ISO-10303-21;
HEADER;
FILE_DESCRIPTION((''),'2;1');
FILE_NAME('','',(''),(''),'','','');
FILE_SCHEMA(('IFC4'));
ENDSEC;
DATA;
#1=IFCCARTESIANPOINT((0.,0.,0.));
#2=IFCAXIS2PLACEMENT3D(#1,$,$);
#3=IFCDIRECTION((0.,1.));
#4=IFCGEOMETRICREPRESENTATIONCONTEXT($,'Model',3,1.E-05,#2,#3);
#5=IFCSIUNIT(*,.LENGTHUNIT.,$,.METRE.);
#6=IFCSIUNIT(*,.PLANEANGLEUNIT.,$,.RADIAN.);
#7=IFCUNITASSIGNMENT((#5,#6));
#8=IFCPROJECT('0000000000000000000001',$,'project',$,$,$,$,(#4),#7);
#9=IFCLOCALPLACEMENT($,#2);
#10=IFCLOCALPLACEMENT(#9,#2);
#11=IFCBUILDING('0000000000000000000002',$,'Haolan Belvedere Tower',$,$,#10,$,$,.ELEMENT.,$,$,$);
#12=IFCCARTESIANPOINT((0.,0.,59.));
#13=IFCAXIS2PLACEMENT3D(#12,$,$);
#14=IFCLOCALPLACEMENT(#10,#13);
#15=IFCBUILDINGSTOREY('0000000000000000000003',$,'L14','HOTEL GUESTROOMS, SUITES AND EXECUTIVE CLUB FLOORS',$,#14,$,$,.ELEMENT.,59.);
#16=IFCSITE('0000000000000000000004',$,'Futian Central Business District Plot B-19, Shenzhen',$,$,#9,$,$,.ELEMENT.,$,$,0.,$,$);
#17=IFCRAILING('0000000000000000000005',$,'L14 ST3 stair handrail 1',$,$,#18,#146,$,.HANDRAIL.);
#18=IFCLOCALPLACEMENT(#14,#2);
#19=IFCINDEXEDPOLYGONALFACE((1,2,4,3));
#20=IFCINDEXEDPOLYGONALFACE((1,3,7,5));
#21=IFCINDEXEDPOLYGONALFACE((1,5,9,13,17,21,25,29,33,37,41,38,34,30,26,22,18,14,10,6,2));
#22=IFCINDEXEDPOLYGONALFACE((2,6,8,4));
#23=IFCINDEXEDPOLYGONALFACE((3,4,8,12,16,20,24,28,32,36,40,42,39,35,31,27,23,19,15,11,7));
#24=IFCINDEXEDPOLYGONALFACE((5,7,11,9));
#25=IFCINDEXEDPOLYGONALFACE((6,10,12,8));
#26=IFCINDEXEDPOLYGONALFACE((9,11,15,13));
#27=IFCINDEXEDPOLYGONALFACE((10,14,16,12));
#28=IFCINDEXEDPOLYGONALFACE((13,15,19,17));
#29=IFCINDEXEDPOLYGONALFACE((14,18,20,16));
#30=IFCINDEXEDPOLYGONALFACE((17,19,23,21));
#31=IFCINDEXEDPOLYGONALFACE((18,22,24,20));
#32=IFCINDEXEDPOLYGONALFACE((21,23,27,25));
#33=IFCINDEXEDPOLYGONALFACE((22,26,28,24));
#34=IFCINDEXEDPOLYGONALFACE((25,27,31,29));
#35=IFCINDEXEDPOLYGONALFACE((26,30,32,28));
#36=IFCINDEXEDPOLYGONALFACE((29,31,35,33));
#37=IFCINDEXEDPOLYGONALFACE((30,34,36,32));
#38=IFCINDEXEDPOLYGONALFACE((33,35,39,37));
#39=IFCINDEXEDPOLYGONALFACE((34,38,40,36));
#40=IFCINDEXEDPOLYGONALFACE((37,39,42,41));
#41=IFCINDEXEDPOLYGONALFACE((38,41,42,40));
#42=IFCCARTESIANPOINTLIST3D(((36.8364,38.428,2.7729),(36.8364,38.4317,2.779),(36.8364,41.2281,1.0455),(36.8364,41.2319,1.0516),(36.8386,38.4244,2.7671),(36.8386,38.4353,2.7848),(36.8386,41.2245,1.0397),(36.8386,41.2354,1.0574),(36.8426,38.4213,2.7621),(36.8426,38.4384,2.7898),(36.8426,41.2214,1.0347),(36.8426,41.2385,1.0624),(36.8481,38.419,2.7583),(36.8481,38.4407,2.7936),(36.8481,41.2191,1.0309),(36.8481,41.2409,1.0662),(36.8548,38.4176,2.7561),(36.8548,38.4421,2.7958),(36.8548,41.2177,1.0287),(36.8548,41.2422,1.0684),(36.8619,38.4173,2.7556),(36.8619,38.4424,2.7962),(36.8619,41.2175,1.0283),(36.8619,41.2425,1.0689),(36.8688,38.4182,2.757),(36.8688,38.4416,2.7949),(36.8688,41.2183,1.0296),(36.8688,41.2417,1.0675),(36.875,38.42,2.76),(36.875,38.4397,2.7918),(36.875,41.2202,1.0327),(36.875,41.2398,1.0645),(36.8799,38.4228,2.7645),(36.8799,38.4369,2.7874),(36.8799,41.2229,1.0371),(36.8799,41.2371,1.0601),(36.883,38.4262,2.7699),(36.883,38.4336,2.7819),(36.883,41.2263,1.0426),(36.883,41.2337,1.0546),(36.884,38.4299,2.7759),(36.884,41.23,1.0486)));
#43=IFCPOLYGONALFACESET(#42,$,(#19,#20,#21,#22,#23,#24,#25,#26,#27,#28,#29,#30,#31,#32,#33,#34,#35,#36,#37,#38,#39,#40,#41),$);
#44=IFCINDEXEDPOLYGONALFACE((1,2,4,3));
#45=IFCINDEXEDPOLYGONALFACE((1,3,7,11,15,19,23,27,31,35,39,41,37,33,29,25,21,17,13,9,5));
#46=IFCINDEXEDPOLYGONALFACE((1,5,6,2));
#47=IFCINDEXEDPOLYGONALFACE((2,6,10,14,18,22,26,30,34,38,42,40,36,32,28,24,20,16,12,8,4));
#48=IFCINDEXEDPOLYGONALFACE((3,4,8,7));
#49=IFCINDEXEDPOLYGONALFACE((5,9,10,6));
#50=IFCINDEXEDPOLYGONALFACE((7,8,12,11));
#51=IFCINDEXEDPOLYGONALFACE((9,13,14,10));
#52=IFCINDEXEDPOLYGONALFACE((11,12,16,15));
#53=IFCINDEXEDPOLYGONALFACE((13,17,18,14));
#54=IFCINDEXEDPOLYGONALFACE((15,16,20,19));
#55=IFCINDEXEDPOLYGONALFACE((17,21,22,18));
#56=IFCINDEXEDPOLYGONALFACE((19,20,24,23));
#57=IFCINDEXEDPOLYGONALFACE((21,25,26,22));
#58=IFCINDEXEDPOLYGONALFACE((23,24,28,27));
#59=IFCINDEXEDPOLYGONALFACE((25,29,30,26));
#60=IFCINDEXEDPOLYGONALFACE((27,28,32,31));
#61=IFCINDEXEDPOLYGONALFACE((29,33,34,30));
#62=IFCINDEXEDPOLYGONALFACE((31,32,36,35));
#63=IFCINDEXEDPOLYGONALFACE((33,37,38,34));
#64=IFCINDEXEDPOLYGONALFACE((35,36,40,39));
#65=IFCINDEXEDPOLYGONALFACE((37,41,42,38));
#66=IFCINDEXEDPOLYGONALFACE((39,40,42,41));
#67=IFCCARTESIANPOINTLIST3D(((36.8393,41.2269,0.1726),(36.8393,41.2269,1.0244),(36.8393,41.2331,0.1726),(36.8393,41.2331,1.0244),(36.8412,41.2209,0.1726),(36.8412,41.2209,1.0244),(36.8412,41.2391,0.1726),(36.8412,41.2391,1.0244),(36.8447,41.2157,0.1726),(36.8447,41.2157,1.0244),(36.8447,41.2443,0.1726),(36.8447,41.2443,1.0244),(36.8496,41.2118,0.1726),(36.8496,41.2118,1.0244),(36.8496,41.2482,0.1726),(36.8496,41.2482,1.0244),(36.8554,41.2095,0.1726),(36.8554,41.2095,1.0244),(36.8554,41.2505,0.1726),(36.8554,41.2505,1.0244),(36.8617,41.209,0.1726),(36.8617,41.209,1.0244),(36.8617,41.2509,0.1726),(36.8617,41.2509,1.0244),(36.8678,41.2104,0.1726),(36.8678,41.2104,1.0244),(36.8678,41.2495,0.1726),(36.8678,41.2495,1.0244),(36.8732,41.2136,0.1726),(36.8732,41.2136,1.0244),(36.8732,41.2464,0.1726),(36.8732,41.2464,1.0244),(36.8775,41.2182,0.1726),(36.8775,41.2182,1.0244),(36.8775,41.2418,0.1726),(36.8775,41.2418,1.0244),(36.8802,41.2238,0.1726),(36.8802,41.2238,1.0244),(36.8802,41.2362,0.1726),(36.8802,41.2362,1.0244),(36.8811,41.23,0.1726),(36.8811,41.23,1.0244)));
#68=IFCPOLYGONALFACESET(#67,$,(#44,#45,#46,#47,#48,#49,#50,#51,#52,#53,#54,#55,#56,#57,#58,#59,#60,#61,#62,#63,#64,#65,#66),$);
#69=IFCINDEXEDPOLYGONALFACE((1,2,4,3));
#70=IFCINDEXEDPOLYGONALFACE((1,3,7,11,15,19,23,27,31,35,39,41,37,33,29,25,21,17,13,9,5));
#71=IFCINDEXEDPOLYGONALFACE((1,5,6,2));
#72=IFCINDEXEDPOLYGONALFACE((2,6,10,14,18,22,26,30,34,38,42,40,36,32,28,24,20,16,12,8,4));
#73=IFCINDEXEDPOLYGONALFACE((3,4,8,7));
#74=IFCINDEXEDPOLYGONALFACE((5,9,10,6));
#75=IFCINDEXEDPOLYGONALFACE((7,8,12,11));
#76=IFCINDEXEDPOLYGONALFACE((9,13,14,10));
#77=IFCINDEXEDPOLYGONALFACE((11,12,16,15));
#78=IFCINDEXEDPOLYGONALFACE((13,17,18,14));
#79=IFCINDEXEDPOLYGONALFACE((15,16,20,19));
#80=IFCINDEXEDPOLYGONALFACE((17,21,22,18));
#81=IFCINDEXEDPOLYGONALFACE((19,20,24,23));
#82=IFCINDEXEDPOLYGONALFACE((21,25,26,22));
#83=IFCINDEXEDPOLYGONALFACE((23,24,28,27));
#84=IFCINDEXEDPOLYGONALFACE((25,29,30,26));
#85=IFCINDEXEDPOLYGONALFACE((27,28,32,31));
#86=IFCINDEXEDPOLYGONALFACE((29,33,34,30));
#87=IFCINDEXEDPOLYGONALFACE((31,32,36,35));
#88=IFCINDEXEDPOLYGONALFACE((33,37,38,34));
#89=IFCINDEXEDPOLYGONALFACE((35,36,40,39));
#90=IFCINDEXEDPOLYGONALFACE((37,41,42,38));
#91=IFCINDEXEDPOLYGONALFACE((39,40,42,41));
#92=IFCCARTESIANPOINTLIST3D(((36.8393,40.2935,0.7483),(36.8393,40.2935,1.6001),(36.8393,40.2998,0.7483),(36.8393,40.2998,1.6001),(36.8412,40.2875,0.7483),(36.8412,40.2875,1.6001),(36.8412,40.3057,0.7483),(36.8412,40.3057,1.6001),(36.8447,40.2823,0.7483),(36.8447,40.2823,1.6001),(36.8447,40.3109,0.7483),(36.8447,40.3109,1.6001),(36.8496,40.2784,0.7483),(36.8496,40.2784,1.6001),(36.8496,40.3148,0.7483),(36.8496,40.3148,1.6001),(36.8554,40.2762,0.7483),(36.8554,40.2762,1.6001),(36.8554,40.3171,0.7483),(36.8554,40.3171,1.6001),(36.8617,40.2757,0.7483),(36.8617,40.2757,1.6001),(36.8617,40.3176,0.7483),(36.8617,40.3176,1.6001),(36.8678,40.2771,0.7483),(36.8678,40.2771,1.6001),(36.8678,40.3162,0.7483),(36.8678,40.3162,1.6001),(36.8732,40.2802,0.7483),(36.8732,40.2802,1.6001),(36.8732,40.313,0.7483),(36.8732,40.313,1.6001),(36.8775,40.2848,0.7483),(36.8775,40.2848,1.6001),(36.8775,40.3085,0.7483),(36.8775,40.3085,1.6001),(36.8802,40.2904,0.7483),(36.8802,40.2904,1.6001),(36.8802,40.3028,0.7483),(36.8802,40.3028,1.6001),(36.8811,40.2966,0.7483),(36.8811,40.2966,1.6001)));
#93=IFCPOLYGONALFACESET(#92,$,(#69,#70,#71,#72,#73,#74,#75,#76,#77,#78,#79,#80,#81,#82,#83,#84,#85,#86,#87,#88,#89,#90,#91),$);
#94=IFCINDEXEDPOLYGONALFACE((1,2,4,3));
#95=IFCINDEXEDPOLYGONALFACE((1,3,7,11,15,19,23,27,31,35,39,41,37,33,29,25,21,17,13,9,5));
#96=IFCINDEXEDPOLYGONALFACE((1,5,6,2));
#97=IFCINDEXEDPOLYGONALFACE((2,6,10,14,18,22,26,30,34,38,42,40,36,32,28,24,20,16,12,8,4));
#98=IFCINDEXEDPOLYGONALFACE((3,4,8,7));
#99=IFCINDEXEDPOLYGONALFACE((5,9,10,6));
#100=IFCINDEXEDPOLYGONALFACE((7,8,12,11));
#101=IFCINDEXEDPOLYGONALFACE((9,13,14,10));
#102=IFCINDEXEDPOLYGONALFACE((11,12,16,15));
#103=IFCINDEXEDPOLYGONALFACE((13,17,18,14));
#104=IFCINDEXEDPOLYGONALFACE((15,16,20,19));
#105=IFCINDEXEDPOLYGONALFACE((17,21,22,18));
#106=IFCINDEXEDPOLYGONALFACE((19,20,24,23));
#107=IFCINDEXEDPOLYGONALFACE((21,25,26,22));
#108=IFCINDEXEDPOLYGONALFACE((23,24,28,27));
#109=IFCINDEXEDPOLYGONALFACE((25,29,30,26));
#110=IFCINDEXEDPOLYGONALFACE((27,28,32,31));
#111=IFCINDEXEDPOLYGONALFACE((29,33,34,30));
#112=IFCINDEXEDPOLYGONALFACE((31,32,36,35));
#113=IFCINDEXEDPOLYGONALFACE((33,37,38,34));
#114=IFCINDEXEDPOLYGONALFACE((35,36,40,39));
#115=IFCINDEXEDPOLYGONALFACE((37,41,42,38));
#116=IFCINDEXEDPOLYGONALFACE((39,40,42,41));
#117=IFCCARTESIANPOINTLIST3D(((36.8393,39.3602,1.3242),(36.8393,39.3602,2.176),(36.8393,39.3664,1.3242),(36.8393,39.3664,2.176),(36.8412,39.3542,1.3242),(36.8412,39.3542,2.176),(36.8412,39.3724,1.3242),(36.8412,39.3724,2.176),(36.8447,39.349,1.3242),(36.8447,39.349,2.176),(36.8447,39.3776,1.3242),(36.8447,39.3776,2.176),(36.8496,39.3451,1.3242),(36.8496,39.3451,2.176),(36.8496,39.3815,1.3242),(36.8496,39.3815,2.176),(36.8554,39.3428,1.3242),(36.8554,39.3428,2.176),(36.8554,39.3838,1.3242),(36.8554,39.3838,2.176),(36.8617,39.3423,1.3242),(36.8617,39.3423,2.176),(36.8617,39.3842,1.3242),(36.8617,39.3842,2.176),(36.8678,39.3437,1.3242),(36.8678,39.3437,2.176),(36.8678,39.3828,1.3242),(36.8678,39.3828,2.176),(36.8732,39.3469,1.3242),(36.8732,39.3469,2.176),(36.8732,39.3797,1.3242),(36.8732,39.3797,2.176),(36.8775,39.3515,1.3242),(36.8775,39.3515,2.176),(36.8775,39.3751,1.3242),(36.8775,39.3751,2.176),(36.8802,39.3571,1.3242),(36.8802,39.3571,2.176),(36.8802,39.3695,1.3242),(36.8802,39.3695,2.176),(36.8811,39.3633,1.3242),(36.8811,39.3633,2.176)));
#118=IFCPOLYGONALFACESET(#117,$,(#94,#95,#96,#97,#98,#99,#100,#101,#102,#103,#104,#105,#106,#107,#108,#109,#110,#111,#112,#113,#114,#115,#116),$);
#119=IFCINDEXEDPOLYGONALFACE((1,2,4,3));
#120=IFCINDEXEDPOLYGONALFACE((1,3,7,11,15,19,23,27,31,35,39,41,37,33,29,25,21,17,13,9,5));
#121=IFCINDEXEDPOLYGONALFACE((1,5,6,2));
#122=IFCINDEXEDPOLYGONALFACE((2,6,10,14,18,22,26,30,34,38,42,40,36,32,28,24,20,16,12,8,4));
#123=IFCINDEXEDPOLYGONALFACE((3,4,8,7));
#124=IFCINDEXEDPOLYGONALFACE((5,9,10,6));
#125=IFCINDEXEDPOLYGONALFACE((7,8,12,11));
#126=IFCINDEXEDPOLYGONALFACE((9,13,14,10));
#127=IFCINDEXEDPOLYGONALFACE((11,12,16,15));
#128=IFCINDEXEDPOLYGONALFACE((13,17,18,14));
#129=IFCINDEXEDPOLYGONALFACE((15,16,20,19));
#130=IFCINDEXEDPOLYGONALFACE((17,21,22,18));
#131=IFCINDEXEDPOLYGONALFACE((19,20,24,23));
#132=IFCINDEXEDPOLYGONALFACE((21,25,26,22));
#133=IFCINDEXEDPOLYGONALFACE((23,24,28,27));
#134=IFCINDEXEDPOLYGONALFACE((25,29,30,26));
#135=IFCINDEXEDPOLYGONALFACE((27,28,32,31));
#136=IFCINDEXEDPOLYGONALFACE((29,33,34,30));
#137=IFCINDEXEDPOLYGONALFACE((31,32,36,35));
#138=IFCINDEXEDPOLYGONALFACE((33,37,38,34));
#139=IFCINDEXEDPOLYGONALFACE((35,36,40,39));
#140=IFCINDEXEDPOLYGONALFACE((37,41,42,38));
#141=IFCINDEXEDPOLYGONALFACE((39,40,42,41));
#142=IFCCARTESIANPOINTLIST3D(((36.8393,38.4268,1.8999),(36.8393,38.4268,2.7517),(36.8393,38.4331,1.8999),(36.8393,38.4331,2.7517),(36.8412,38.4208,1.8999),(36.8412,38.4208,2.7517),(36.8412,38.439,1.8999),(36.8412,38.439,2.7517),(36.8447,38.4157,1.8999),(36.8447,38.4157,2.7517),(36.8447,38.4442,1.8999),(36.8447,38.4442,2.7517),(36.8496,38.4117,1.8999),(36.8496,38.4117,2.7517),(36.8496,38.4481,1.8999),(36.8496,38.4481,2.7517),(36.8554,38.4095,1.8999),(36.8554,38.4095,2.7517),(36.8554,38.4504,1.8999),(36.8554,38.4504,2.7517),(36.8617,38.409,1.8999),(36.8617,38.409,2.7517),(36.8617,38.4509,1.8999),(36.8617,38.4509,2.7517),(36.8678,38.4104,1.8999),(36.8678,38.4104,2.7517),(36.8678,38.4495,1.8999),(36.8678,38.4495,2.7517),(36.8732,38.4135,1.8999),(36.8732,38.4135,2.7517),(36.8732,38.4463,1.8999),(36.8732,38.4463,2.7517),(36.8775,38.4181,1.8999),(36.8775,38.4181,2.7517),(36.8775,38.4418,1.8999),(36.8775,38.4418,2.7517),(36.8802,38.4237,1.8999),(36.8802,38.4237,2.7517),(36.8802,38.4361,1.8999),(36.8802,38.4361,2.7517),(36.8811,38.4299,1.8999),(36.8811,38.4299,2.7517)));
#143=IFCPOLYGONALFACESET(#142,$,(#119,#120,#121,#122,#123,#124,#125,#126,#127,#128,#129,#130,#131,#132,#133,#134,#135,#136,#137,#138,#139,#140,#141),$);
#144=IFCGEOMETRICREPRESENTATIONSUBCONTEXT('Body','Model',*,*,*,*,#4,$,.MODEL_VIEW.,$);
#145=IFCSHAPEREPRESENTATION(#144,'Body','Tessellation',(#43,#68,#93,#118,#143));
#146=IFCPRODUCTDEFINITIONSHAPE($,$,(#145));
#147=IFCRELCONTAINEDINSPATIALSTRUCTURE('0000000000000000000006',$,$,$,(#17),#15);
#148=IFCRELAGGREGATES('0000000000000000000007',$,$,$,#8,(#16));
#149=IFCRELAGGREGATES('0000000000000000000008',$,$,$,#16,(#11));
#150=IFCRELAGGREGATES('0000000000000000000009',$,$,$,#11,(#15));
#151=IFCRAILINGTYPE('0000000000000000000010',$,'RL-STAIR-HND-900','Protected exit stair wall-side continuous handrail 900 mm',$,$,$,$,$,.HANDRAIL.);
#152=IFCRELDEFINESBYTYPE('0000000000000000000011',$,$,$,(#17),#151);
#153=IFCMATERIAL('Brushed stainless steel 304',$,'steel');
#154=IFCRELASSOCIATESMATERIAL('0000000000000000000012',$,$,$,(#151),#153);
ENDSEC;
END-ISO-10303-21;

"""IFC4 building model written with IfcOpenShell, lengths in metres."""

from ifc_helpers import new_model, si_unit, direction, frame, origin, origin_2d, place, context, subcontext, project, spatial, circle, extrude, material, type_object, element, save


model = new_model("IFC4")

# Units and contexts
model_context = context("Model", 3, precision=1e-05, world=origin(), true_north=direction((0.0, 1.0)))
body_context = subcontext(model_context, "Body", "Model", "MODEL_VIEW")
ifc_project = project(units=[si_unit("LENGTHUNIT", "METRE"), si_unit("PLANEANGLEUNIT", "RADIAN")], contexts=[model_context])

# Site, building, storey
site_placement = place(None, origin())
site = spatial("IfcSite", under=ifc_project, at=site_placement, Name="Futian Central Business District Plot B-19, Shenzhen", CompositionType="ELEMENT", RefElevation=0.0)
building_placement = place(site_placement, origin())
building = spatial("IfcBuilding", under=site, at=building_placement, Name="Haolan Belvedere Tower", CompositionType="ELEMENT")
storey_placement = place(building_placement, frame((0.0, 0.0, 59.0)))
storey = spatial("IfcBuildingStorey", under=building, at=storey_placement, Name="L14", Description="HOTEL GUESTROOMS, SUITES AND EXECUTIVE CLUB FLOORS", CompositionType="ELEMENT", Elevation=59.0)

# Railing
ifc_material_1 = material(Name="Brushed stainless steel 304", Category="steel")
railing_type_1 = type_object("IfcRailingType", Name="RL-STAIR-HND-900", Description="Protected exit stair wall-side continuous handrail 900 mm", PredefinedType="HANDRAIL", material=ifc_material_1)
railing_1_placement = place(storey_placement, frame((36.8601, 41.23, 0.1726)))
element("IfcRailing", 1, at=railing_1_placement, inside=storey, type_object=railing_type_1, Name="L14 ST3 stair handrail 1", PredefinedType="HANDRAIL", context=body_context, shape_type="SweptSolid", body=[
    extrude(circle(Radius=0.0239, at=origin_2d()), frame((0.0, 0.0, 0.876), z_axis=(0.0, -0.85109, 0.52502), x_axis=(1.0, 0.0, 0.0)), (0.0, 0.0, 1.0), 3.29),
    extrude(circle(Radius=0.021, at=origin_2d()), origin(), (0.0, 0.0, 1.0), 0.8518),
    extrude(circle(Radius=0.021, at=origin_2d()), frame((0.0, -0.9333, 0.5757)), (0.0, 0.0, 1.0), 0.8518),
    extrude(circle(Radius=0.021, at=origin_2d()), frame((0.0, -1.8667, 1.1516)), (0.0, 0.0, 1.0), 0.8518),
    extrude(circle(Radius=0.021, at=origin_2d()), frame((0.0, -2.8, 1.7273)), (0.0, 0.0, 1.0), 0.8518),
])

save(model, "model.ifc")
